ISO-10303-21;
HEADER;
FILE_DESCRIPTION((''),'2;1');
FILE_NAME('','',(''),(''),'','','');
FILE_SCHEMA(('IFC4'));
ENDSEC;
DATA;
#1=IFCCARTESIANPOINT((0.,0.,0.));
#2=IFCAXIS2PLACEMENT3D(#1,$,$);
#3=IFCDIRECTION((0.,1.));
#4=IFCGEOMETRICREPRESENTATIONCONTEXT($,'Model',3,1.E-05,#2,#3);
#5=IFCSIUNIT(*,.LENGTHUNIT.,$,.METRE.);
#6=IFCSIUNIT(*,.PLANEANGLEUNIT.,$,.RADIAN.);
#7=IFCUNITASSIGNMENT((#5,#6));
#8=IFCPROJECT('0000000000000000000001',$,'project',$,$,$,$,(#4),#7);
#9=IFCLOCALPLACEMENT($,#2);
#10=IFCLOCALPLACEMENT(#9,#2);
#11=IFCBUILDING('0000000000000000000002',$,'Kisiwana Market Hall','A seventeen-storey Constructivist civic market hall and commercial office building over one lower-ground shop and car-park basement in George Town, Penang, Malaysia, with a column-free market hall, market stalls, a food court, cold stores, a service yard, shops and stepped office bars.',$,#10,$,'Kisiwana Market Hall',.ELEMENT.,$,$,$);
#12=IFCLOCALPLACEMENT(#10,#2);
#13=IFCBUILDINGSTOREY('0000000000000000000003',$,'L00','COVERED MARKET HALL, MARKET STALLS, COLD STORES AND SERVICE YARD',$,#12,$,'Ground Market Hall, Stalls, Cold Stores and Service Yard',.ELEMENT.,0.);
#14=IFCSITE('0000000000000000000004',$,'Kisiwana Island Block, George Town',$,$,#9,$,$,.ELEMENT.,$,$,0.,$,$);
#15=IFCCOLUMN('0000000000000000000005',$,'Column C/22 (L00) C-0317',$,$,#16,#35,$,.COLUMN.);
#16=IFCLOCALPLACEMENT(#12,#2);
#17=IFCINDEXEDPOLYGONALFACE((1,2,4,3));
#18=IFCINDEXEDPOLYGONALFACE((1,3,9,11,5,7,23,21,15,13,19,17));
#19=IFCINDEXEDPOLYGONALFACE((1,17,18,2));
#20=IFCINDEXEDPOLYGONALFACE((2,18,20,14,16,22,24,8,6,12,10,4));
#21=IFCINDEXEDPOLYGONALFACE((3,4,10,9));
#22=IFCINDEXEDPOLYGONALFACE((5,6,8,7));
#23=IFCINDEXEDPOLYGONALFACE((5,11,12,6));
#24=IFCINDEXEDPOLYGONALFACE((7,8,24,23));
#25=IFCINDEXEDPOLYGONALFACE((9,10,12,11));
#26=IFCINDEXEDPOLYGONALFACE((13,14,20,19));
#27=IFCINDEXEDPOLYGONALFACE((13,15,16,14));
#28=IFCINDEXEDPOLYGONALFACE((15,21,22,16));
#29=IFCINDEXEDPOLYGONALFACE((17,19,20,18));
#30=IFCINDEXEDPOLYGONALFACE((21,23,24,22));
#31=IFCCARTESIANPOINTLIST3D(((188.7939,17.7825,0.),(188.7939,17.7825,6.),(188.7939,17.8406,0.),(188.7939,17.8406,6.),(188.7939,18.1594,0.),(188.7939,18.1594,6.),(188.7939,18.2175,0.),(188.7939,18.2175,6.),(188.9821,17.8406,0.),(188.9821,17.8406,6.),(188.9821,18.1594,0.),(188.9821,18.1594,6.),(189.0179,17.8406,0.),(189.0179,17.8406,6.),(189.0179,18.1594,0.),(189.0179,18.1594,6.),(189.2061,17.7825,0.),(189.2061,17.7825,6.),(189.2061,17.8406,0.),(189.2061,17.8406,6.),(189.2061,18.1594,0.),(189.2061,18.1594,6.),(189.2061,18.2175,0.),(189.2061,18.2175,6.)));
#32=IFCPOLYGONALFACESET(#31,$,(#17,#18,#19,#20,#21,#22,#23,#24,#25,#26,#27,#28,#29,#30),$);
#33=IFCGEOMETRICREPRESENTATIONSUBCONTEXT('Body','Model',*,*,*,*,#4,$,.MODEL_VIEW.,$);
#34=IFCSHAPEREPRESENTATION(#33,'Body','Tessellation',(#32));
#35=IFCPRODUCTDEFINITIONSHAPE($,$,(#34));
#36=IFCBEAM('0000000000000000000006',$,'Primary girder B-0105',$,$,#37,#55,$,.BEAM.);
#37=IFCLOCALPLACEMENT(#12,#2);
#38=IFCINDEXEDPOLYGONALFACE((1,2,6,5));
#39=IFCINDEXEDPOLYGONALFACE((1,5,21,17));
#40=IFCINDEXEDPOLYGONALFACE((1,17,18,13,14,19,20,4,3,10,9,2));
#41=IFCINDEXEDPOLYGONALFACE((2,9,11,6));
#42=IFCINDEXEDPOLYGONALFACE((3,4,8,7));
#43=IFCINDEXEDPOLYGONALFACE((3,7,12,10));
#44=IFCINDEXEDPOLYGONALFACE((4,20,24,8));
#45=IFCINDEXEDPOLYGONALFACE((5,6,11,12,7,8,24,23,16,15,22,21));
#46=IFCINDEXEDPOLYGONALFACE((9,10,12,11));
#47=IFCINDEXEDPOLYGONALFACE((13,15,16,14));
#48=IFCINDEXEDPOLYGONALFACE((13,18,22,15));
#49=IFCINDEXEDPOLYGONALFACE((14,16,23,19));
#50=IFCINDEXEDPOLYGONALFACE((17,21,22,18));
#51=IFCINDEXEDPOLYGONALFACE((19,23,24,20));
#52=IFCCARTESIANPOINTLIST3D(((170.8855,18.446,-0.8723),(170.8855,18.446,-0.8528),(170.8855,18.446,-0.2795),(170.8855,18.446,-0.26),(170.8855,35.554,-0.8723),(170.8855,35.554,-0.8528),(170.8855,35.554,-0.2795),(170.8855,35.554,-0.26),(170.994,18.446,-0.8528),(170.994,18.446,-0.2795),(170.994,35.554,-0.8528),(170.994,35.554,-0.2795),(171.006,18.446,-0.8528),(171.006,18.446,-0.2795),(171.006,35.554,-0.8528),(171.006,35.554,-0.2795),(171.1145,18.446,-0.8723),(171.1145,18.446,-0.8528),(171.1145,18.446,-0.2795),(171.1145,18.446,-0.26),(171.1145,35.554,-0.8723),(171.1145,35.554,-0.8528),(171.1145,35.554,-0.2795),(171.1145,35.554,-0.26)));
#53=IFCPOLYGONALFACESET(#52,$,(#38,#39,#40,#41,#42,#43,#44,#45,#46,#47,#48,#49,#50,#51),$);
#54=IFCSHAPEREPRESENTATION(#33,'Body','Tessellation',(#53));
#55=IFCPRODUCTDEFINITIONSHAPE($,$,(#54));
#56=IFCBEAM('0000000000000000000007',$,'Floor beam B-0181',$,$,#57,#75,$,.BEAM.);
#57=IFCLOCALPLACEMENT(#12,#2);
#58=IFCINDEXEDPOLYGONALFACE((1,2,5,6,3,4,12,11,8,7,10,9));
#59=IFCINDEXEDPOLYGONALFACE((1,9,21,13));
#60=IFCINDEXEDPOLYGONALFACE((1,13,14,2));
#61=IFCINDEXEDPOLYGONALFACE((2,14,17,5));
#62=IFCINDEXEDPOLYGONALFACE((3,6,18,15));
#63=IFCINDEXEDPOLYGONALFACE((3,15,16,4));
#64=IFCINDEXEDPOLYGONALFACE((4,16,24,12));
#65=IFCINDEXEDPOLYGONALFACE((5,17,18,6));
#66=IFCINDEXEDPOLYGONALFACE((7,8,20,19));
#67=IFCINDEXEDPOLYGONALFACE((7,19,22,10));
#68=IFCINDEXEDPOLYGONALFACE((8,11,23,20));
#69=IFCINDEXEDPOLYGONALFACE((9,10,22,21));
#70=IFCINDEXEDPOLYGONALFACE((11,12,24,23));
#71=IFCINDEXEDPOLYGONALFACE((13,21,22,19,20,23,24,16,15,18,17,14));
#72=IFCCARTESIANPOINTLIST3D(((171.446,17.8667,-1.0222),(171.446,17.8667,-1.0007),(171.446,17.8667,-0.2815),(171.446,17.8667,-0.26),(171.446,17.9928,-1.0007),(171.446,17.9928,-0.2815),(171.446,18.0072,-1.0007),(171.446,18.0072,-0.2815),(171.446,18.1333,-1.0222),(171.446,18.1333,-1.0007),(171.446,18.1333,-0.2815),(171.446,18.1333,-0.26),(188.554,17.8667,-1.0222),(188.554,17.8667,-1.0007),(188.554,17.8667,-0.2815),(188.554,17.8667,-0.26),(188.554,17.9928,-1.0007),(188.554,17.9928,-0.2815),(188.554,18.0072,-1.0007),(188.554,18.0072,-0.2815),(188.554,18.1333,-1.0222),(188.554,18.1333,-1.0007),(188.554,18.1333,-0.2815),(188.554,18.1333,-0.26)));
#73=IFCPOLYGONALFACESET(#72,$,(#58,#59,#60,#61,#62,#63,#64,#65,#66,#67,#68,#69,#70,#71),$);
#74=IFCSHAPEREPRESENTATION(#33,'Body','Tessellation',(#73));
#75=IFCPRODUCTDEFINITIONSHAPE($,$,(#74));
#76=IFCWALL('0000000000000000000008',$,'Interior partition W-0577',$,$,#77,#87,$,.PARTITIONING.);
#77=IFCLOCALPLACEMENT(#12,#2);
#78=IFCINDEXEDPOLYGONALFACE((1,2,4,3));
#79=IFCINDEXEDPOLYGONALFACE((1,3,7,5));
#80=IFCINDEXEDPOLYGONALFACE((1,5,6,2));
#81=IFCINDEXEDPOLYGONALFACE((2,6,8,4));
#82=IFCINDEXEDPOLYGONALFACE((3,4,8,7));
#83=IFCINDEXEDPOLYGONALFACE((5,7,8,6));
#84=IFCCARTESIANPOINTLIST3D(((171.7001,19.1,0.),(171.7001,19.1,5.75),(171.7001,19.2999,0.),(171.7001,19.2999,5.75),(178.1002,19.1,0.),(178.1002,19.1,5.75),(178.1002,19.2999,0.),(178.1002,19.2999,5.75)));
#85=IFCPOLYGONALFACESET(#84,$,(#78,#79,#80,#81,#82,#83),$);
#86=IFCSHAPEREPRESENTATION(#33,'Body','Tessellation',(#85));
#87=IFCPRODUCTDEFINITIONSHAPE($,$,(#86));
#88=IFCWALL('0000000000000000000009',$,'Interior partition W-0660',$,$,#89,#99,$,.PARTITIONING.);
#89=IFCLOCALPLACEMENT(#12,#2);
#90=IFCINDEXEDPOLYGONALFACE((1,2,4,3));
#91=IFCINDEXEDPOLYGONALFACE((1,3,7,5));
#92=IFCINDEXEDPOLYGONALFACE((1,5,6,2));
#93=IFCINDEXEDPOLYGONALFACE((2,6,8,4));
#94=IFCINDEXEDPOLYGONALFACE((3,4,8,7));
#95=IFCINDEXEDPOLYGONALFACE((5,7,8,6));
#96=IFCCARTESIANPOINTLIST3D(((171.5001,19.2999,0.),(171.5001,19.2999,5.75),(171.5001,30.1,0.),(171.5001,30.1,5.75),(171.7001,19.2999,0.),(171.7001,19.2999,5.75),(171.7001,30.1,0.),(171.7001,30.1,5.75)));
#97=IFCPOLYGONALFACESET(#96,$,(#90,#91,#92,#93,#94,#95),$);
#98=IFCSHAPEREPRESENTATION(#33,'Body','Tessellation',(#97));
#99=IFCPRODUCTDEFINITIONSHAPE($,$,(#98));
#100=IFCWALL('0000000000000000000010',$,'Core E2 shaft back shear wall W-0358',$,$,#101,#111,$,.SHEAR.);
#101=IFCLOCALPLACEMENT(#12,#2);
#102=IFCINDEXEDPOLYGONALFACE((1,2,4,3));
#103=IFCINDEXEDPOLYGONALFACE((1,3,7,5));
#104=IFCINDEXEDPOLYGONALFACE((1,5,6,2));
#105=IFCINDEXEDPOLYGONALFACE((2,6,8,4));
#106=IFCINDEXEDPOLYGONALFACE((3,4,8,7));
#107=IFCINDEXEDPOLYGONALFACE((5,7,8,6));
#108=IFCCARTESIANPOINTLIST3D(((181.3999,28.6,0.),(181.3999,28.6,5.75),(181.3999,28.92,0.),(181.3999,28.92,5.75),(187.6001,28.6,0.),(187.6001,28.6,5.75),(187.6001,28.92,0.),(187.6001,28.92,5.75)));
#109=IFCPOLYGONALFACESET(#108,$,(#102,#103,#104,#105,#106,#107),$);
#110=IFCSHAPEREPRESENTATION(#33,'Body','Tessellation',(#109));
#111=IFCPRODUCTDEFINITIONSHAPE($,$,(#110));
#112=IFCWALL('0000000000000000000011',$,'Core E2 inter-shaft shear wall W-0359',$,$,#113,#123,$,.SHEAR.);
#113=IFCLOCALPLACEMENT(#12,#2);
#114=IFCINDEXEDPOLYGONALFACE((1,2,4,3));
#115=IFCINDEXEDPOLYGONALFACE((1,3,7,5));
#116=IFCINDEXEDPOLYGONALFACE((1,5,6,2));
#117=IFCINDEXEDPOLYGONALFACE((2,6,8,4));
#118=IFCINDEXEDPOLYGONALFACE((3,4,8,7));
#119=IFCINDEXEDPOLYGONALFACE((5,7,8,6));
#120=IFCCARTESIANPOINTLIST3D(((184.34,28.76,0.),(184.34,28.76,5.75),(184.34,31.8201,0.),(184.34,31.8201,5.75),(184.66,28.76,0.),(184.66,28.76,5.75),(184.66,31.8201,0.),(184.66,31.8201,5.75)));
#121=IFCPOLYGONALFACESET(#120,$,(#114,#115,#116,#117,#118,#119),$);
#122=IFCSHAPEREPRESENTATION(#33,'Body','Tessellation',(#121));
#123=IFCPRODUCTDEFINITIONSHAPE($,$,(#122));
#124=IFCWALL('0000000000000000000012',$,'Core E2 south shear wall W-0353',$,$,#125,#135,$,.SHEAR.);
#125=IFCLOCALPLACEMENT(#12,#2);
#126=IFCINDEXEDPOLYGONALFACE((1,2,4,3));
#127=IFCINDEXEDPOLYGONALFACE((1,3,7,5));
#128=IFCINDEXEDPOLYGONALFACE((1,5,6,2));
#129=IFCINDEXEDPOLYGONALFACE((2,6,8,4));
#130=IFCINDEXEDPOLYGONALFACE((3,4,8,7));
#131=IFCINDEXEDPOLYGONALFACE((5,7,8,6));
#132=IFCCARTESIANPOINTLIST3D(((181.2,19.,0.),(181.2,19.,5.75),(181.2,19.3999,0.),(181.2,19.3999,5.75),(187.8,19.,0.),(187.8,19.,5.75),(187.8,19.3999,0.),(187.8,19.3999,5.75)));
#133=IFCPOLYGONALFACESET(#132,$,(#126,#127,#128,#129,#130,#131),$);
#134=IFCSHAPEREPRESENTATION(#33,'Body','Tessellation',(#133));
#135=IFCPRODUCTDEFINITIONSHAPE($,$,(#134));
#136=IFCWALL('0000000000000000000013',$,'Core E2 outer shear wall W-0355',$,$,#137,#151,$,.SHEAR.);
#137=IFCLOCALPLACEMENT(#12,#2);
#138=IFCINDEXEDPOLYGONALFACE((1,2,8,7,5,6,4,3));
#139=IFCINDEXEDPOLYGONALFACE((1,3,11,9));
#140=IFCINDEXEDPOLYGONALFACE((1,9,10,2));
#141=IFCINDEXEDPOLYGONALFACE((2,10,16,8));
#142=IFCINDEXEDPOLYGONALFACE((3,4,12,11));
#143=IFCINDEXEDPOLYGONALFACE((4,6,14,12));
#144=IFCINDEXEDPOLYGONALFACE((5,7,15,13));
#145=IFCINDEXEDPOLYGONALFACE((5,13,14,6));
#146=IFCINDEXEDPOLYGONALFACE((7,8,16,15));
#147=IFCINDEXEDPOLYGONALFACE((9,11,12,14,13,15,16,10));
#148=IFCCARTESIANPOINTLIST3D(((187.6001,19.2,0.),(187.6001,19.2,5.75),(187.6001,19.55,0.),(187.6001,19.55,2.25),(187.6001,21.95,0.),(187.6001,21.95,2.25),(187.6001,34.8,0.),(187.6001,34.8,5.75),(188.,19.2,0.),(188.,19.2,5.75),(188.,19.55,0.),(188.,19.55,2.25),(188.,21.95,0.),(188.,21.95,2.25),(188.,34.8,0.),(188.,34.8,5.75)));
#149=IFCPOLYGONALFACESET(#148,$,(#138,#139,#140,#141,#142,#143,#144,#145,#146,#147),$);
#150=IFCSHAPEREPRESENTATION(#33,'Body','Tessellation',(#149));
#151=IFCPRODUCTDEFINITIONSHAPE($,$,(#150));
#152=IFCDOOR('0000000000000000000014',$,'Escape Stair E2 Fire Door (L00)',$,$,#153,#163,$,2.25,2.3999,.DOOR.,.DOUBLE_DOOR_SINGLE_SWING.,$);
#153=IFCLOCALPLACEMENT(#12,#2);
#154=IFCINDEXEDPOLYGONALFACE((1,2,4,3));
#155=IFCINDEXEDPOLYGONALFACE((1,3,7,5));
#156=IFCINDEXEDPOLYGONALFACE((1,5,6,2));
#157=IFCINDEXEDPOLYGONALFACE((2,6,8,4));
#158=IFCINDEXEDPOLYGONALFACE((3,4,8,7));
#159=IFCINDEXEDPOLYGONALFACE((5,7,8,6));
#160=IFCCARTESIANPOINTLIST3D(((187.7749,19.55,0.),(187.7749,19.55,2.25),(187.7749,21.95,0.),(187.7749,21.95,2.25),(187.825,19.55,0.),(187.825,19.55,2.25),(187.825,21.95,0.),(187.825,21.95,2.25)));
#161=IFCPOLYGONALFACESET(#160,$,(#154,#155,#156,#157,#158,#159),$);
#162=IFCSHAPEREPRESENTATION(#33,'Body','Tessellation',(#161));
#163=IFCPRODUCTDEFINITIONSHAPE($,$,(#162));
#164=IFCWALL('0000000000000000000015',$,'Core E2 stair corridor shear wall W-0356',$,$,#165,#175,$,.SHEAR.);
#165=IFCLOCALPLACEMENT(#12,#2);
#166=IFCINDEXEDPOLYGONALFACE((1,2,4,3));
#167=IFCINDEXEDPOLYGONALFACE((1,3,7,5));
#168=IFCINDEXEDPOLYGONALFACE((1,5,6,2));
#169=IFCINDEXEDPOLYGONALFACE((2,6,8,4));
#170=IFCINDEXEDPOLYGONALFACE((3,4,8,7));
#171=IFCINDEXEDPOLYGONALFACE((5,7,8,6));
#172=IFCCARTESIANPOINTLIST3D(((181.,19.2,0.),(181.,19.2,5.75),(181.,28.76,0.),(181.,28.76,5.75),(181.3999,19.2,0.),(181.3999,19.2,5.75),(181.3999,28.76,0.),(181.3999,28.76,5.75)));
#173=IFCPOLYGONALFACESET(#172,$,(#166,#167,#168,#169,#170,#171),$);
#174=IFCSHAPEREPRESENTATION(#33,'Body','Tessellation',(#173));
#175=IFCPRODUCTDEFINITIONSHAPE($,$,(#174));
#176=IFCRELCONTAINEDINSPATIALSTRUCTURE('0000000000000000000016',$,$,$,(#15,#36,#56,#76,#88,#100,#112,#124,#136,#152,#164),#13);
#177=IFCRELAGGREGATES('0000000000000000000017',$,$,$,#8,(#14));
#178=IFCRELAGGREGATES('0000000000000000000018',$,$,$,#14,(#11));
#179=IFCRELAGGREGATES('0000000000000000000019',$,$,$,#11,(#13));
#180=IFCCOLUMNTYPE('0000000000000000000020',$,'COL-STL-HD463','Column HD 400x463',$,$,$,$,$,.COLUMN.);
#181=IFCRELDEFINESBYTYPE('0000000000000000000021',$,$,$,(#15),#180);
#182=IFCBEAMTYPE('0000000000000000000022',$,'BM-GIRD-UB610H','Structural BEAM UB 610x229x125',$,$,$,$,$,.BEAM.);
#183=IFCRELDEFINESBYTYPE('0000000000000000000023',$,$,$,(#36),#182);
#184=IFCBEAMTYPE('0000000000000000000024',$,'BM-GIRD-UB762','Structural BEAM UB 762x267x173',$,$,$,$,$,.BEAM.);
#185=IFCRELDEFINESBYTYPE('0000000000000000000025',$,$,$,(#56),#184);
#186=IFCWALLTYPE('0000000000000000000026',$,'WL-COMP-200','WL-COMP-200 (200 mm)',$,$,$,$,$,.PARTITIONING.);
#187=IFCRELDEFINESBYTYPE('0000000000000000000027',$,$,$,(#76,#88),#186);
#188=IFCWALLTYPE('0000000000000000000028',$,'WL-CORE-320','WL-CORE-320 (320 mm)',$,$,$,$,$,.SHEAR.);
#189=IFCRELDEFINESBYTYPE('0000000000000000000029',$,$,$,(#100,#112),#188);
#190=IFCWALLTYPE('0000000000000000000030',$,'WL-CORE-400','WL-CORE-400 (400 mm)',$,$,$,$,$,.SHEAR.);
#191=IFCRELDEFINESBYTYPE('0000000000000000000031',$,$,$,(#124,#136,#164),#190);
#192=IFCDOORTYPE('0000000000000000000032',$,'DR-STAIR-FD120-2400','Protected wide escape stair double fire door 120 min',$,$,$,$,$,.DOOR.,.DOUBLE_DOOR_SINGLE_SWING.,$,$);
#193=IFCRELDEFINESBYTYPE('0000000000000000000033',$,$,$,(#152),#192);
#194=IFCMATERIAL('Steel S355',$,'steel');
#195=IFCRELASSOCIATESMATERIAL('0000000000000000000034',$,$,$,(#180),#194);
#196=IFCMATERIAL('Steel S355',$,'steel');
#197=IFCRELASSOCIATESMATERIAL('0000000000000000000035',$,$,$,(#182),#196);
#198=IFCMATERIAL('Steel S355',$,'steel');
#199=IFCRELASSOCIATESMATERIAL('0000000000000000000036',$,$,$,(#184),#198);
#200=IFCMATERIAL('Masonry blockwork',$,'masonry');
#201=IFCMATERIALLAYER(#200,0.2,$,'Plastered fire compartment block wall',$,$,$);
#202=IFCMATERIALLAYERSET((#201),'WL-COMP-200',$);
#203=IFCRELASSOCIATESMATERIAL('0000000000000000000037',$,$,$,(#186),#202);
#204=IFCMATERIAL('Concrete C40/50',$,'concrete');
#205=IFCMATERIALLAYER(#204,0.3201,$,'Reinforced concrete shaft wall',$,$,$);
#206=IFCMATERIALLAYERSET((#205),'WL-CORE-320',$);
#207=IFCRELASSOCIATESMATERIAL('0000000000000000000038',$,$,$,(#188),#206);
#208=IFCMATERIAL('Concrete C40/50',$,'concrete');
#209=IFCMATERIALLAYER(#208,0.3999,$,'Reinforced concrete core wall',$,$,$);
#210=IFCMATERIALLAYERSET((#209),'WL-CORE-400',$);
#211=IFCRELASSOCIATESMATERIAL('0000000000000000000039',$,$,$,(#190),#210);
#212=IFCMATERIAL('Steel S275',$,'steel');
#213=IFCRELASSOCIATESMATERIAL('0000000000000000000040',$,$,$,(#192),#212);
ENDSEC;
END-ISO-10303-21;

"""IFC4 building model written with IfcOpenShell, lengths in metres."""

from ifc_helpers import new_model, si_unit, direction, frame, frame_2d, origin, origin_2d, place, context, subcontext, project, spatial, rectangle, i_section, extrude, material, layer, layer_set, material_profile, profile_set, type_object, element, fill, save


model = new_model("IFC4")

# Units and contexts
model_context = context("Model", 3, precision=1e-05, world=origin(), true_north=direction((0.0, 1.0)))
body_context = subcontext(model_context, "Body", "Model", "MODEL_VIEW")
ifc_project = project(units=[si_unit("LENGTHUNIT", "METRE"), si_unit("PLANEANGLEUNIT", "RADIAN")], contexts=[model_context])

# Site, building, storey
site_placement = place(None, origin())
site = spatial("IfcSite", under=ifc_project, at=site_placement, Name="Kisiwana Island Block, George Town", CompositionType="ELEMENT", RefElevation=0.0)
building_placement = place(site_placement, origin())
building = spatial("IfcBuilding", under=site, at=building_placement, Name="Kisiwana Market Hall", Description="A seventeen-storey Constructivist civic market hall and commercial office building over one lower-ground shop and car-park basement in George Town, Penang, Malaysia, with a column-free market hall, market stalls, a food court, cold stores, a service yard, shops and stepped office bars.", LongName="Kisiwana Market Hall", CompositionType="ELEMENT")
storey_placement = place(building_placement, origin())
storey = spatial("IfcBuildingStorey", under=building, at=storey_placement, Name="L00", Description="COVERED MARKET HALL, MARKET STALLS, COLD STORES AND SERVICE YARD", LongName="Ground Market Hall, Stalls, Cold Stores and Service Yard", CompositionType="ELEMENT", Elevation=0.0)

# Column
ifc_material_1 = material(Name="Steel S355", Category="steel")
ifc_material_profile_1 = material_profile(ifc_material_1, i_section(OverallWidth=0.4121, OverallDepth=0.4351, WebThickness=0.0359, FlangeThickness=0.0581, at=origin_2d()), Name="HD 400x463")
ifc_profile_set_1 = profile_set([ifc_material_profile_1], Name="Steel S355")
column_type = type_object("IfcColumnType", Name="COL-STL-HD463", Description="Column HD 400x463", PredefinedType="COLUMN", material=ifc_profile_set_1)
column_placement = place(storey_placement, frame((189.0, 18.0, 0.0), z_axis=(0.0, 0.0, 1.0), x_axis=(1.0, 0.0, 0.0)))
element("IfcColumn", 1, at=column_placement, inside=storey, type_object=column_type, Name="Column C/22 (L00) C-0317", PredefinedType="COLUMN", context=body_context, shape_type="SweptSolid", body=[
    extrude(i_section(OverallWidth=0.4121, OverallDepth=0.4351, WebThickness=0.0359, FlangeThickness=0.0581, at=origin_2d()), origin(), (0.0, 0.0, 1.0), 6.0),
])

# Beams
ifc_material_2 = material(Name="Steel S355", Category="steel")
ifc_material_profile_2 = material_profile(ifc_material_2, i_section(OverallWidth=0.229, OverallDepth=0.6123, WebThickness=0.012, FlangeThickness=0.0195, at=origin_2d()), Name="UB 610x229x125")
ifc_profile_set_2 = profile_set([ifc_material_profile_2], Name="Steel S355")
beam_type_1 = type_object("IfcBeamType", Name="BM-GIRD-UB610H", Description="Structural BEAM UB 610x229x125", PredefinedType="BEAM", material=ifc_profile_set_2)
beam_1_placement = place(storey_placement, frame((171.0, 18.446, -0.5662), z_axis=(0.0, 1.0, 0.0), x_axis=(-1.0, 0.0, 0.0)))
element("IfcBeam", 2, at=beam_1_placement, inside=storey, type_object=beam_type_1, Name="Primary girder B-0105", PredefinedType="BEAM", context=body_context, shape_type="SweptSolid", body=[
    extrude(i_section(OverallWidth=0.229, OverallDepth=0.6123, WebThickness=0.012, FlangeThickness=0.0195, at=origin_2d()), origin(), (0.0, 0.0, 1.0), 17.1079),
])
ifc_material_3 = material(Name="Steel S355", Category="steel")
ifc_material_profile_3 = material_profile(ifc_material_3, i_section(OverallWidth=0.2666, OverallDepth=0.7622, WebThickness=0.0144, FlangeThickness=0.0215, at=origin_2d()), Name="UB 762x267x173")
ifc_profile_set_3 = profile_set([ifc_material_profile_3], Name="Steel S355")
beam_type_2 = type_object("IfcBeamType", Name="BM-GIRD-UB762", Description="Structural BEAM UB 762x267x173", PredefinedType="BEAM", material=ifc_profile_set_3)
beam_2_placement = place(storey_placement, frame((171.446, 18.0, -0.6411), z_axis=(1.0, 0.0, 0.0), x_axis=(0.0, 1.0, 0.0)))
element("IfcBeam", 3, at=beam_2_placement, inside=storey, type_object=beam_type_2, Name="Floor beam B-0181", PredefinedType="BEAM", context=body_context, shape_type="SweptSolid", body=[
    extrude(i_section(OverallWidth=0.2666, OverallDepth=0.7622, WebThickness=0.0144, FlangeThickness=0.0215, at=origin_2d()), origin(), (0.0, 0.0, 1.0), 17.1079),
])

# Walls
ifc_material_4 = material(Name="Masonry blockwork", Category="masonry")
ifc_layer_1 = layer(ifc_material_4, 0.2, Name="Plastered fire compartment block wall")
ifc_layer_set_1 = layer_set([ifc_layer_1], Name="WL-COMP-200")
wall_type_1 = type_object("IfcWallType", Name="WL-COMP-200", Description="WL-COMP-200 (200 mm)", PredefinedType="PARTITIONING", material=ifc_layer_set_1)
wall_1_placement = place(storey_placement, frame((171.7, 19.2, 0.0), z_axis=(0.0, 0.0, 1.0), x_axis=(1.0, 0.0, 0.0)))
element("IfcWall", 4, at=wall_1_placement, inside=storey, type_object=wall_type_1, Name="Interior partition W-0577", PredefinedType="PARTITIONING", context=body_context, shape_type="SweptSolid", body=[
    extrude(rectangle(XDim=6.4001, YDim=0.2, at=frame_2d((3.2002, 0.0))), origin(), (0.0, 0.0, 1.0), 5.75),
])
wall_2_placement = place(storey_placement, frame((171.6001, 19.3, 0.0), z_axis=(0.0, 0.0, 1.0), x_axis=(0.0, 1.0, 0.0)))
element("IfcWall", 5, at=wall_2_placement, inside=storey, type_object=wall_type_1, Name="Interior partition W-0660", PredefinedType="PARTITIONING", context=body_context, shape_type="SweptSolid", body=[
    extrude(rectangle(XDim=10.8, YDim=0.2, at=frame_2d((5.3999, 0.0))), origin(), (0.0, 0.0, 1.0), 5.75),
])
ifc_material_5 = material(Name="Concrete C40/50", Category="concrete")
ifc_layer_2 = layer(ifc_material_5, 0.3201, Name="Reinforced concrete shaft wall")
ifc_layer_set_2 = layer_set([ifc_layer_2], Name="WL-CORE-320")
wall_type_2 = type_object("IfcWallType", Name="WL-CORE-320", Description="WL-CORE-320 (320 mm)", PredefinedType="SHEAR", material=ifc_layer_set_2)
wall_3_placement = place(storey_placement, frame((181.3999, 28.76, 0.0), z_axis=(0.0, 0.0, 1.0), x_axis=(1.0, 0.0, 0.0)))
element("IfcWall", 6, at=wall_3_placement, inside=storey, type_object=wall_type_2, Name="Core E2 shaft back shear wall W-0358", PredefinedType="SHEAR", context=body_context, shape_type="SweptSolid", body=[
    extrude(rectangle(XDim=6.2002, YDim=0.3201, at=frame_2d((3.1001, 0.0))), origin(), (0.0, 0.0, 1.0), 5.75),
])
wall_4_placement = place(storey_placement, frame((184.5, 28.76, 0.0), z_axis=(0.0, 0.0, 1.0), x_axis=(0.0, 1.0, 0.0)))
element("IfcWall", 7, at=wall_4_placement, inside=storey, type_object=wall_type_2, Name="Core E2 inter-shaft shear wall W-0359", PredefinedType="SHEAR", context=body_context, shape_type="SweptSolid", body=[
    extrude(rectangle(XDim=3.0601, YDim=0.3201, at=frame_2d((1.53, 0.0))), origin(), (0.0, 0.0, 1.0), 5.75),
])
ifc_material_6 = material(Name="Concrete C40/50", Category="concrete")
ifc_layer_3 = layer(ifc_material_6, 0.3999, Name="Reinforced concrete core wall")
ifc_layer_set_3 = layer_set([ifc_layer_3], Name="WL-CORE-400")
wall_type_3 = type_object("IfcWallType", Name="WL-CORE-400", Description="WL-CORE-400 (400 mm)", PredefinedType="SHEAR", material=ifc_layer_set_3)
wall_5_placement = place(storey_placement, frame((181.2, 19.2, 0.0), z_axis=(0.0, 0.0, 1.0), x_axis=(1.0, 0.0, 0.0)))
element("IfcWall", 8, at=wall_5_placement, inside=storey, type_object=wall_type_3, Name="Core E2 south shear wall W-0353", PredefinedType="SHEAR", context=body_context, shape_type="SweptSolid", body=[
    extrude(rectangle(XDim=6.6001, YDim=0.3999, at=frame_2d((3.3, 0.0))), origin(), (0.0, 0.0, 1.0), 5.75),
])

# Wall, opening, door
wall_6_placement = place(storey_placement, frame((187.8, 19.2, 0.0), z_axis=(0.0, 0.0, 1.0), x_axis=(0.0, 1.0, 0.0)))
wall_6 = element("IfcWall", 9, at=wall_6_placement, inside=storey, type_object=wall_type_3, Name="Core E2 outer shear wall W-0355", PredefinedType="SHEAR", context=body_context, shape_type="SweptSolid", body=[
    extrude(rectangle(XDim=15.6001, YDim=0.3999, at=frame_2d((7.8, 0.0))), origin(), (0.0, 0.0, 1.0), 5.75),
])
opening_1_placement = place(wall_6_placement, frame((0.3501, 0.0, 0.0)))
opening_1 = element("IfcOpeningElement", 10, at=opening_1_placement, cuts=wall_6, PredefinedType="OPENING", context=body_context, shape_type="SweptSolid", body=[
    extrude(rectangle(XDim=2.3999, YDim=2.25, at=frame_2d((1.2, 1.125))), frame((0.0, 0.2119, 0.0), z_axis=(0.0, -1.0, 0.0), x_axis=(1.0, 0.0, 0.0)), (0.0, 0.0, 1.0), 0.4238),
])
ifc_material_7 = material(Name="Steel S275", Category="steel")
door_type_1 = type_object("IfcDoorType", Name="DR-STAIR-FD120-2400", Description="Protected wide escape stair double fire door 120 min", OperationType="DOUBLE_DOOR_SINGLE_SWING", PredefinedType="DOOR", material=ifc_material_7)
door_1_placement = place(opening_1_placement, frame((2.3999, 0.0, 0.0), z_axis=(0.0, 0.0, 1.0), x_axis=(-1.0, 0.0, 0.0)))
door_1 = element("IfcDoor", 11, at=door_1_placement, inside=storey, type_object=door_type_1, Name="Escape Stair E2 Fire Door (L00)", OperationType="DOUBLE_DOOR_SINGLE_SWING", OverallHeight=2.25, OverallWidth=2.3999, PredefinedType="DOOR", context=body_context, shape_type="SweptSolid", body=[
    extrude(rectangle(XDim=2.3999, YDim=2.25, at=frame_2d((1.2, 1.125))), frame((0.0, 0.0249, 0.0), z_axis=(0.0, -1.0, 0.0), x_axis=(1.0, 0.0, 0.0)), (0.0, 0.0, 1.0), 0.05),
])
fill(opening_1, door_1)

# Wall
wall_7_placement = place(storey_placement, frame((181.2, 19.2, 0.0), z_axis=(0.0, 0.0, 1.0), x_axis=(0.0, 1.0, 0.0)))
element("IfcWall", 12, at=wall_7_placement, inside=storey, type_object=wall_type_3, Name="Core E2 stair corridor shear wall W-0356", PredefinedType="SHEAR", context=body_context, shape_type="SweptSolid", body=[
    extrude(rectangle(XDim=9.5601, YDim=0.3999, at=frame_2d((4.78, 0.0))), origin(), (0.0, 0.0, 1.0), 5.75),
])

save(model, "model.ifc")
